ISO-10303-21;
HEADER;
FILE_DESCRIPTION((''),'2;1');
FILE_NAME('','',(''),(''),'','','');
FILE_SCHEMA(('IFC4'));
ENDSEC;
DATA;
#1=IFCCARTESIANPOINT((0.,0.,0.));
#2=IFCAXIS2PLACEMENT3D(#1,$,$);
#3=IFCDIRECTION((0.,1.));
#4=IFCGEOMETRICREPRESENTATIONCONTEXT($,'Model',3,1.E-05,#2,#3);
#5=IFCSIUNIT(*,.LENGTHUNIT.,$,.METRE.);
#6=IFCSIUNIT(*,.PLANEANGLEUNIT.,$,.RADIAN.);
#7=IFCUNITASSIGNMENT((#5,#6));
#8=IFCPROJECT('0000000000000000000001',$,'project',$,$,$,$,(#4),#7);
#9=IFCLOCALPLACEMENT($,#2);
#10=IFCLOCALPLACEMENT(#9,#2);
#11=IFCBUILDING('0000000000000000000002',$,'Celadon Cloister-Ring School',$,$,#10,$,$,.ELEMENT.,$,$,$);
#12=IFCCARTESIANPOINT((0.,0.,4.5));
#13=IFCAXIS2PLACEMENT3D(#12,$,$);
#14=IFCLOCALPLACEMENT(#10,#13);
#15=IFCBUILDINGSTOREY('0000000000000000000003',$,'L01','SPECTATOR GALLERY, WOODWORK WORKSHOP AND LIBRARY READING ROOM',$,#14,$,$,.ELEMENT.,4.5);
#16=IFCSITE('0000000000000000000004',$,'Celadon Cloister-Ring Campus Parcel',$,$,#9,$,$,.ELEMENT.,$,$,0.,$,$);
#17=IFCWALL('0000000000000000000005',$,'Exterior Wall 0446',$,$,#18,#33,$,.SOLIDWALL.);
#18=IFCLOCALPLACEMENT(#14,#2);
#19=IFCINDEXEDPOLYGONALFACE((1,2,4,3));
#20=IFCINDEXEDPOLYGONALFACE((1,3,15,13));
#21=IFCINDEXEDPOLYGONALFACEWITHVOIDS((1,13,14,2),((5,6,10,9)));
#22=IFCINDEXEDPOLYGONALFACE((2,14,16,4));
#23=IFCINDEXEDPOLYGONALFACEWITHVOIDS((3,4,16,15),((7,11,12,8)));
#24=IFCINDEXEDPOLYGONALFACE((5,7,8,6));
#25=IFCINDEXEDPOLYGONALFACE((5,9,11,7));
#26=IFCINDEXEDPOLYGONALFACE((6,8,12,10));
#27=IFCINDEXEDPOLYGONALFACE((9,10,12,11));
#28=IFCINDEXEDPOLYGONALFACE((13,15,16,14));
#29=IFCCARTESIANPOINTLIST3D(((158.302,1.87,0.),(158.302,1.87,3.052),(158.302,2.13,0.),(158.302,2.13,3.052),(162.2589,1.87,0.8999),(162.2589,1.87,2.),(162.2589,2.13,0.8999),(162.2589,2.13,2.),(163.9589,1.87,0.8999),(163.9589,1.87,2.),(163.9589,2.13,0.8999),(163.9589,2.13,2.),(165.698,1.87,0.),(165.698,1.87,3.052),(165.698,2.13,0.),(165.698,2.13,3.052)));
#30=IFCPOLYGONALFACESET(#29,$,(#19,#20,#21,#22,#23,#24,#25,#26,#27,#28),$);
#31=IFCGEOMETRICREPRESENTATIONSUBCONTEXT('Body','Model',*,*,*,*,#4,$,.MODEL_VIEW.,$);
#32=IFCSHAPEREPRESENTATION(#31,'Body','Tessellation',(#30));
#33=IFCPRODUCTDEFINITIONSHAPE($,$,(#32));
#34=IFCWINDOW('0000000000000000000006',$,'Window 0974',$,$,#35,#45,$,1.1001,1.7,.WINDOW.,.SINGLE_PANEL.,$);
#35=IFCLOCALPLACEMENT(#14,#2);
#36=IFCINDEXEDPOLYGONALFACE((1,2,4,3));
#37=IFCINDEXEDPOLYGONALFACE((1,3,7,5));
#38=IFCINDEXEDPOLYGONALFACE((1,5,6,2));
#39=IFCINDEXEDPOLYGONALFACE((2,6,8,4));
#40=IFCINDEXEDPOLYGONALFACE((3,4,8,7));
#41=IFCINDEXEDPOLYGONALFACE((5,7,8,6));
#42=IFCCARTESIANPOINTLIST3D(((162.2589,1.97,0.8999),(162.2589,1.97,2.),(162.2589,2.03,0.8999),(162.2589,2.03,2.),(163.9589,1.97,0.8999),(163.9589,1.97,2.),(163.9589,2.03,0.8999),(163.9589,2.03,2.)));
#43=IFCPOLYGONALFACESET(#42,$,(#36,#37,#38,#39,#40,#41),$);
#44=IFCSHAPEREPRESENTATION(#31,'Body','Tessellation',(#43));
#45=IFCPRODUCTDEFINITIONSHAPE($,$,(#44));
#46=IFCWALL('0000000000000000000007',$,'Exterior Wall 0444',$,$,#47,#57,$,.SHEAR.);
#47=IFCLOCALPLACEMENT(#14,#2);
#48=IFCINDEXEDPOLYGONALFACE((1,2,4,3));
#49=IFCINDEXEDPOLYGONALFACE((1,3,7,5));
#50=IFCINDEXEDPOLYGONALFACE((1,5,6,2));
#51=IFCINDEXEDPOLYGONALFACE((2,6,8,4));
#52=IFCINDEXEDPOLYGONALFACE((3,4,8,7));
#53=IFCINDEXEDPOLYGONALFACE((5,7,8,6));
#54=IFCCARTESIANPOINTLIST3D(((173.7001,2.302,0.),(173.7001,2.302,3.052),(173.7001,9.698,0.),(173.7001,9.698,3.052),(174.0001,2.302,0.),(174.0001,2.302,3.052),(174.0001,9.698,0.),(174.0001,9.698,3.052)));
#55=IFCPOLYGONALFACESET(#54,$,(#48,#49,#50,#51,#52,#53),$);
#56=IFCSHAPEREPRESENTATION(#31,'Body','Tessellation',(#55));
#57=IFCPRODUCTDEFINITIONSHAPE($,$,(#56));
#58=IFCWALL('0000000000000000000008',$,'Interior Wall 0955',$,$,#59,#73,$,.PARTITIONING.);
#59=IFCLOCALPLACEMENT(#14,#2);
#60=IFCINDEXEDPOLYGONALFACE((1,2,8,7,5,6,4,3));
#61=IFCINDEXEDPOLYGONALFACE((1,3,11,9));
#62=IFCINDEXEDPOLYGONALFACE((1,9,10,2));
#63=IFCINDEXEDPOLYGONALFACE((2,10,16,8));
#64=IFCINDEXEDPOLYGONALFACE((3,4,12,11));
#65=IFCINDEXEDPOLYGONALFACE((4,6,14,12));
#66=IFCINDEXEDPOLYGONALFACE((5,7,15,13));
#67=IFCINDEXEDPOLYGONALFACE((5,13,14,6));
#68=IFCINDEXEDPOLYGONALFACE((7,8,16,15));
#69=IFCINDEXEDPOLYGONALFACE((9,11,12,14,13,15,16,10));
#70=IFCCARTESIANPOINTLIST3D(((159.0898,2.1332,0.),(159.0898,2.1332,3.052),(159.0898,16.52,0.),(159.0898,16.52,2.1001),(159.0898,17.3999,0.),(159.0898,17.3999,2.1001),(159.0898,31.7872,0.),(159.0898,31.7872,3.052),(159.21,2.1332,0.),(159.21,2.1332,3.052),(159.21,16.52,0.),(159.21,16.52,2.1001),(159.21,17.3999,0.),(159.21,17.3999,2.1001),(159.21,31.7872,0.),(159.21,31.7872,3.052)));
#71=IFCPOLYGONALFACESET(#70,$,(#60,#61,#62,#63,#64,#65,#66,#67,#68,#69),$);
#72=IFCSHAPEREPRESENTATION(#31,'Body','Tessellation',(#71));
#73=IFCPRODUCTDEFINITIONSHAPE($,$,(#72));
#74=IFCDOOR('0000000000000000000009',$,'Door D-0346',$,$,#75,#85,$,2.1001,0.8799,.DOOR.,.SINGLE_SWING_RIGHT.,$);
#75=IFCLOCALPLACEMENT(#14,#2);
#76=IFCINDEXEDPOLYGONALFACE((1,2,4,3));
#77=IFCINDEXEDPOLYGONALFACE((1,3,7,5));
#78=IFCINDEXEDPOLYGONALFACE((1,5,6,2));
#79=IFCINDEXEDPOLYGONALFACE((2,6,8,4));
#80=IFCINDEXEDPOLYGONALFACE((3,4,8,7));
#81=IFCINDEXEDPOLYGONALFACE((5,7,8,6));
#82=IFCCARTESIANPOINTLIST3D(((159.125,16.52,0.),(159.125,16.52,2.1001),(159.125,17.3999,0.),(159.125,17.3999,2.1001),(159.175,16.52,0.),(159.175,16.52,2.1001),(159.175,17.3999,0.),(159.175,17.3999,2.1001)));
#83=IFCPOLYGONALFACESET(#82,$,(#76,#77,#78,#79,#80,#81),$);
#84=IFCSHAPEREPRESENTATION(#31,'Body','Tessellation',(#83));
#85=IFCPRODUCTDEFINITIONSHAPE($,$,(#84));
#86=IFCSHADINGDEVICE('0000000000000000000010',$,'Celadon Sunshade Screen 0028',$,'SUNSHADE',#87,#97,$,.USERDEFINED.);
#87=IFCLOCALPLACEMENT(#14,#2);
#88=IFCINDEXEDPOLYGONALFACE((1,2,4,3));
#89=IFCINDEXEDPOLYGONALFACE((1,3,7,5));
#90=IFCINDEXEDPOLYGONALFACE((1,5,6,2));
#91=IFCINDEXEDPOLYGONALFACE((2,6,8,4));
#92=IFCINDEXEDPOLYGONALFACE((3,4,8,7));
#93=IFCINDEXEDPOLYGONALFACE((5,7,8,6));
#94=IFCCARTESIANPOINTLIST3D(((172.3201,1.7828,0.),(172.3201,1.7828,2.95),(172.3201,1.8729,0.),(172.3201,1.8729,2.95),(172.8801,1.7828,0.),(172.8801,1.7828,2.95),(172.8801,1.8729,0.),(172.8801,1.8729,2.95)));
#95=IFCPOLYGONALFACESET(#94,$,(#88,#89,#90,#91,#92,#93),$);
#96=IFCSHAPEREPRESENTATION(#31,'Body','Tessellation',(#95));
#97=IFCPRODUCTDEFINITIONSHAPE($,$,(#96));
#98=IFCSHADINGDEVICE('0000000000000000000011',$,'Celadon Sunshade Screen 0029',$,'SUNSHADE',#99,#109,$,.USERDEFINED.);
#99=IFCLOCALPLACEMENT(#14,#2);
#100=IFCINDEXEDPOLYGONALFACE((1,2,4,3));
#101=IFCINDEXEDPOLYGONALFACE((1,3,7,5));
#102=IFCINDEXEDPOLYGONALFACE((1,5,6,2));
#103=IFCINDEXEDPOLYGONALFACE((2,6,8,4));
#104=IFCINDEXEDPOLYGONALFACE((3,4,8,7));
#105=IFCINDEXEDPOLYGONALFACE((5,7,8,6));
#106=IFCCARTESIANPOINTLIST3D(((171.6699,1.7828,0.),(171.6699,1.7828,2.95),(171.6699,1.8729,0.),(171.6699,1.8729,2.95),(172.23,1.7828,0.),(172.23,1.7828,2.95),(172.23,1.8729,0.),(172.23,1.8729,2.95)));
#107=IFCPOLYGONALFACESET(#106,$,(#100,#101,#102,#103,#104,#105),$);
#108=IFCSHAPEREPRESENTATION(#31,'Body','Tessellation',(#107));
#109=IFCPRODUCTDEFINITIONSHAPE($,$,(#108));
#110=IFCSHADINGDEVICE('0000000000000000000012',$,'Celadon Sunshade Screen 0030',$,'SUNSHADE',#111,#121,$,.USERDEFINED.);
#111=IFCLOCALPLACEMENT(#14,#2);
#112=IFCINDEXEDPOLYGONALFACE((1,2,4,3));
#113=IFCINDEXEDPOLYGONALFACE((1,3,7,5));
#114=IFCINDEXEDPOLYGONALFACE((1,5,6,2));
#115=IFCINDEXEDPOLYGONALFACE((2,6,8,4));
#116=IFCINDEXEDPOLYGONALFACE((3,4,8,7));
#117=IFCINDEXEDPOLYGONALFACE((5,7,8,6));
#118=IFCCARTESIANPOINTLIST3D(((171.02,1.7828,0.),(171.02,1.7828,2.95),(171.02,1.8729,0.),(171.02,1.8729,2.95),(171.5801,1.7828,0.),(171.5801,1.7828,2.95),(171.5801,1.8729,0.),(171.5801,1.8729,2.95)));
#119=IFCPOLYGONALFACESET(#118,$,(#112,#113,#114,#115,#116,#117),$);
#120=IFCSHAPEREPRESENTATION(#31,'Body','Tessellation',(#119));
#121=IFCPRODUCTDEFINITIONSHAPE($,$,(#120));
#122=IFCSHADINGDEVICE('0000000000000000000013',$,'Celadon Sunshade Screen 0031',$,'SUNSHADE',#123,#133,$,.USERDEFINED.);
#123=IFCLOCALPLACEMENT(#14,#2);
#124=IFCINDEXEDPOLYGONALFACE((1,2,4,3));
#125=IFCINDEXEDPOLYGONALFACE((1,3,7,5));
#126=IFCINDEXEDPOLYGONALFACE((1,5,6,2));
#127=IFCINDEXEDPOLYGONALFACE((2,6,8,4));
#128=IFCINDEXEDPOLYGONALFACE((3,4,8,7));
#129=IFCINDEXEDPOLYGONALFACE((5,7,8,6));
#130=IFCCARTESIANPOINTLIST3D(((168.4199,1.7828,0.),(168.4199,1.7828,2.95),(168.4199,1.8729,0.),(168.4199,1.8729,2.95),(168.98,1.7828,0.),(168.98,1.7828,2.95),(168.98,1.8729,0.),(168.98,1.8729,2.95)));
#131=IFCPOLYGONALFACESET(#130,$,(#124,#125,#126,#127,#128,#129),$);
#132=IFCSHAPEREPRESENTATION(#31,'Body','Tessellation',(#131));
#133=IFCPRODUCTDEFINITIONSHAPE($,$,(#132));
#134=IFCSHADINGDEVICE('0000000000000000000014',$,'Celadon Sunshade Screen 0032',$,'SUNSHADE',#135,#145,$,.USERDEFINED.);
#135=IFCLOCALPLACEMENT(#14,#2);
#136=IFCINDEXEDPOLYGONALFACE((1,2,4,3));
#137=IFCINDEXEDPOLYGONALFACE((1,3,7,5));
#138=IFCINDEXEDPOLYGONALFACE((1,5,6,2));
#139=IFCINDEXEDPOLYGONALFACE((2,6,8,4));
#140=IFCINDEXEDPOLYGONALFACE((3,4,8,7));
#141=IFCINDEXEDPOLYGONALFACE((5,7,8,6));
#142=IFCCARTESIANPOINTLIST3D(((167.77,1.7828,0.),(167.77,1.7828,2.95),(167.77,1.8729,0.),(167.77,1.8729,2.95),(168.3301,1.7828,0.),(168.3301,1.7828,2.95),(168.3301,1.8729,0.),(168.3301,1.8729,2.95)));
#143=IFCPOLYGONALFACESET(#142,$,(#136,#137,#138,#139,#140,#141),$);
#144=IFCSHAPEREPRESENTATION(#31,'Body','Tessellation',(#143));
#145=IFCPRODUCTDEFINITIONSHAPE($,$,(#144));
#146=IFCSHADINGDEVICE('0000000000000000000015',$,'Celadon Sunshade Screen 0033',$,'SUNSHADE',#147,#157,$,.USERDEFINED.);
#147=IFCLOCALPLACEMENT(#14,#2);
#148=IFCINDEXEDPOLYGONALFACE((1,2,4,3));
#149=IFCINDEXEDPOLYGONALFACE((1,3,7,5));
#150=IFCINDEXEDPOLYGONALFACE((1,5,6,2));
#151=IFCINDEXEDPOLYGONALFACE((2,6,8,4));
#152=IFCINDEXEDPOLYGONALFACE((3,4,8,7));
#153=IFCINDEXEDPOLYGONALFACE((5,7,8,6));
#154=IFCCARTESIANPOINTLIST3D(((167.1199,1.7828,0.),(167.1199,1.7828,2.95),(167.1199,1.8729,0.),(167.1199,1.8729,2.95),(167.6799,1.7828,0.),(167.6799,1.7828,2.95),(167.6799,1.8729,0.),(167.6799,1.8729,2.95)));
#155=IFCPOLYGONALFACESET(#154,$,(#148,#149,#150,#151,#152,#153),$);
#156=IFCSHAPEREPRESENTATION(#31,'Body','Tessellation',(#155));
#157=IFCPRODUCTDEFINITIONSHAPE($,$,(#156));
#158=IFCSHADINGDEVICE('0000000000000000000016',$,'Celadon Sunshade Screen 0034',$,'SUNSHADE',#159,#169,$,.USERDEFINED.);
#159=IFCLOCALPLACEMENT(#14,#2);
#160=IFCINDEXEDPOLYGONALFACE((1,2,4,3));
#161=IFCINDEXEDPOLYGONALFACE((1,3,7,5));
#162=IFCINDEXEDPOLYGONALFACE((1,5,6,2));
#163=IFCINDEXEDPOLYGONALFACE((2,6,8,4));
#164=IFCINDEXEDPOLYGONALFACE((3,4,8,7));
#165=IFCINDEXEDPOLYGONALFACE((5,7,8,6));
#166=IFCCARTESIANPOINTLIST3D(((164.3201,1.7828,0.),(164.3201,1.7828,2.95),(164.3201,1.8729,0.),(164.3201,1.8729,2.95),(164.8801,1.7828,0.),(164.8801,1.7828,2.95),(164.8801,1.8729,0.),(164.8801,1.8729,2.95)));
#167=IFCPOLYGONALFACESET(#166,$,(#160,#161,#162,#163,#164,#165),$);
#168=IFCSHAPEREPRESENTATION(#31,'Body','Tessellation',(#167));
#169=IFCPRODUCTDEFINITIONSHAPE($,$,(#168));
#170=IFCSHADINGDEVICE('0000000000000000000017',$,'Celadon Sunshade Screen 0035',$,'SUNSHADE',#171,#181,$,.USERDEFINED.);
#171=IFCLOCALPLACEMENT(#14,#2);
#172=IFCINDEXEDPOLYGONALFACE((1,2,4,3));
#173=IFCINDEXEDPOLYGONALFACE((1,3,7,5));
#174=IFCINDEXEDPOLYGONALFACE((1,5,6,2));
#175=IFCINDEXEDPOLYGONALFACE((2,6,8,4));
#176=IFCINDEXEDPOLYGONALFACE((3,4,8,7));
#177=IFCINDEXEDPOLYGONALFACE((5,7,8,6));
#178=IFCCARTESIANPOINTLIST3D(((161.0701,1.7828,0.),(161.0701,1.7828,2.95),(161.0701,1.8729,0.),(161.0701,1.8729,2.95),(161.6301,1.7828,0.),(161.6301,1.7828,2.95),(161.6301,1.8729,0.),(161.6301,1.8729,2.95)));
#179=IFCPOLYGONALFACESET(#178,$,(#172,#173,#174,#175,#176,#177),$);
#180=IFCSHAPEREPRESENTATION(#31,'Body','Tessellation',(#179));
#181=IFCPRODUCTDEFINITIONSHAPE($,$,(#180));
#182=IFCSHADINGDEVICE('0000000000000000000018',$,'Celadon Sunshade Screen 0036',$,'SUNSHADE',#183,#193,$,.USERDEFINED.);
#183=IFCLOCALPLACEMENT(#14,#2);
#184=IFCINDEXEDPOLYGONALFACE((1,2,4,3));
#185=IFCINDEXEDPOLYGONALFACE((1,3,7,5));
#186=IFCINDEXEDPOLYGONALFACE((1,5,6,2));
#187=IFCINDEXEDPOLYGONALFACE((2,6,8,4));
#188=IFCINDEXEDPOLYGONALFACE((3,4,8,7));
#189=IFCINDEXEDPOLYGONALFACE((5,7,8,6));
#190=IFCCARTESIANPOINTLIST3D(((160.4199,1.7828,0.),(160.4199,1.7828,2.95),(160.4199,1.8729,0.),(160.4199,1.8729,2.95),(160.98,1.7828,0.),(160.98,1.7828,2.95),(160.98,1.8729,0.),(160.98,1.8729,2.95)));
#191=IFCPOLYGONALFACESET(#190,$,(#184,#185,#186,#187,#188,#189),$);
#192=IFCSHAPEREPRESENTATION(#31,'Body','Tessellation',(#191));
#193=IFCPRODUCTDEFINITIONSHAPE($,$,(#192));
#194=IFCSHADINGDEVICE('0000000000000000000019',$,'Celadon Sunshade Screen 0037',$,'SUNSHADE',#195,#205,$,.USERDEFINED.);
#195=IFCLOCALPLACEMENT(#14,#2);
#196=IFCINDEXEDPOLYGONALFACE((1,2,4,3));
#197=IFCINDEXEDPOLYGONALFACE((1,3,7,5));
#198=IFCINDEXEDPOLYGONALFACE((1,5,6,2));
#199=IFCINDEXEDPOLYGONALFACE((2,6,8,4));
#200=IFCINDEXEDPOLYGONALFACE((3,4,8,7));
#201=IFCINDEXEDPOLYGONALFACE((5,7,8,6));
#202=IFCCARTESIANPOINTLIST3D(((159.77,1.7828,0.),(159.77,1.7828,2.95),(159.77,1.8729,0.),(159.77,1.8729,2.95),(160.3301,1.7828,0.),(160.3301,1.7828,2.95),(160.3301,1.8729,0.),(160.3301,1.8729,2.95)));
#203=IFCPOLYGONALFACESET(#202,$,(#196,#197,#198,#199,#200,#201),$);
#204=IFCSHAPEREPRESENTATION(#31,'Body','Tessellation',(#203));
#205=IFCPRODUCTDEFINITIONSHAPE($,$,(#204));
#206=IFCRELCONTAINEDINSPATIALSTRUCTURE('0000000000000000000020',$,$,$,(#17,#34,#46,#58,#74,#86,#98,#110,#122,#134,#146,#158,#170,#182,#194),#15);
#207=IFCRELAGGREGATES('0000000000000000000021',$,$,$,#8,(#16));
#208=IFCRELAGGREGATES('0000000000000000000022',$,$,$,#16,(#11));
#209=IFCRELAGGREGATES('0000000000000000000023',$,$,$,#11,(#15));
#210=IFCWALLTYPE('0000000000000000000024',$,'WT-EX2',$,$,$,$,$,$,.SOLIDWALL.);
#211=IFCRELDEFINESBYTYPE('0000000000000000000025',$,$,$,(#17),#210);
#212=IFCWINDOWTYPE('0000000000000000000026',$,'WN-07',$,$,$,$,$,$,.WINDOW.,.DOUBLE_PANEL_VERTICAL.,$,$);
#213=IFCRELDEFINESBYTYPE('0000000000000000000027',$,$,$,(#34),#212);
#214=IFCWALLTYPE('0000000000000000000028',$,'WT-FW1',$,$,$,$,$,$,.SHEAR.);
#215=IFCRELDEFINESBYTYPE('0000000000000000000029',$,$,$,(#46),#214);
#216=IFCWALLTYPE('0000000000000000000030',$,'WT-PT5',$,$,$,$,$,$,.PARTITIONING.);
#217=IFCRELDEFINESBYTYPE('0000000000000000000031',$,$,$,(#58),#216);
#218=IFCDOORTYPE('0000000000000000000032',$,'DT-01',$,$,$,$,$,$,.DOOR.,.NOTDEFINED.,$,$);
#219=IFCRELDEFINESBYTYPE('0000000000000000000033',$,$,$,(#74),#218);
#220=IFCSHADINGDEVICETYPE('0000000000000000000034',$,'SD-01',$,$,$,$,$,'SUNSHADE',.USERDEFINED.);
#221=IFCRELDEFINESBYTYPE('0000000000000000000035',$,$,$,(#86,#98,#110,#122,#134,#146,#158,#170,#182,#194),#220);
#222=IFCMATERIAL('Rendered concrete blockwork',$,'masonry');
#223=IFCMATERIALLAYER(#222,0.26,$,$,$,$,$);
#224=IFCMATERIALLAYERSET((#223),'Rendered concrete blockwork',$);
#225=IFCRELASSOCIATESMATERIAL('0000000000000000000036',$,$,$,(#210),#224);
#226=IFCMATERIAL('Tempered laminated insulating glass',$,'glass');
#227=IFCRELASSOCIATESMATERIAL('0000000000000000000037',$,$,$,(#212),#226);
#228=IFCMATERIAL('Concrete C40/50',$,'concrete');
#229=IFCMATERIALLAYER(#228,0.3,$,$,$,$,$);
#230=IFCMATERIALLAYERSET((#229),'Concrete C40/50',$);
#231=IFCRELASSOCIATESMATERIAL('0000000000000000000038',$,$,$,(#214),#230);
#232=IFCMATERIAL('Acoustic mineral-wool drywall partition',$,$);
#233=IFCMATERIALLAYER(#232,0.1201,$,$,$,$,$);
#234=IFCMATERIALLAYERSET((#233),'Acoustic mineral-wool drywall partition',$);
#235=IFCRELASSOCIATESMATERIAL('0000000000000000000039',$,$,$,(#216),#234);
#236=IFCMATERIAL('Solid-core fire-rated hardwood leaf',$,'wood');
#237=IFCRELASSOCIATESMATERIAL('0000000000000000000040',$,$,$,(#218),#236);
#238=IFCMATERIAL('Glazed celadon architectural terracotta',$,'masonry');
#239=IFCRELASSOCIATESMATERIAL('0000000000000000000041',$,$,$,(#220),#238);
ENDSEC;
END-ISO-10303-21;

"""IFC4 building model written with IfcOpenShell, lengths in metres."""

from ifc_helpers import new_model, si_unit, direction, frame, frame_2d, origin, origin_2d, place, context, subcontext, project, spatial, rectangle, extrude, material, layer, layer_set, type_object, element, fill, save


model = new_model("IFC4")

# Units and contexts
model_context = context("Model", 3, precision=1e-05, world=origin(), true_north=direction((0.0, 1.0)))
body_context = subcontext(model_context, "Body", "Model", "MODEL_VIEW")
ifc_project = project(units=[si_unit("LENGTHUNIT", "METRE"), si_unit("PLANEANGLEUNIT", "RADIAN")], contexts=[model_context])

# Site, building, storey
site_placement = place(None, origin())
site = spatial("IfcSite", under=ifc_project, at=site_placement, Name="Celadon Cloister-Ring Campus Parcel", CompositionType="ELEMENT", RefElevation=0.0)
building_placement = place(site_placement, origin())
building = spatial("IfcBuilding", under=site, at=building_placement, Name="Celadon Cloister-Ring School", CompositionType="ELEMENT")
storey_placement = place(building_placement, frame((0.0, 0.0, 4.5)))
storey = spatial("IfcBuildingStorey", under=building, at=storey_placement, Name="L01", Description="SPECTATOR GALLERY, WOODWORK WORKSHOP AND LIBRARY READING ROOM", CompositionType="ELEMENT", Elevation=4.5)

# Wall, opening, window
ifc_material_1 = material(Name="Rendered concrete blockwork", Category="masonry")
ifc_layer_1 = layer(ifc_material_1, 0.26)
ifc_layer_set_1 = layer_set([ifc_layer_1], Name="Rendered concrete blockwork")
wall_type_1 = type_object("IfcWallType", Name="WT-EX2", PredefinedType="SOLIDWALL", material=ifc_layer_set_1)
wall_1_placement = place(storey_placement, frame((165.698, 2.0, 0.0), z_axis=(0.0, 0.0, 1.0), x_axis=(-1.0, 0.0, 0.0)))
wall_1 = element("IfcWall", 1, at=wall_1_placement, inside=storey, type_object=wall_type_1, Name="Exterior Wall 0446", PredefinedType="SOLIDWALL", context=body_context, shape_type="SweptSolid", body=[
    extrude(rectangle(XDim=7.396, YDim=0.26, at=frame_2d((3.698, 0.0))), origin(), (0.0, 0.0, 1.0), 3.052),
])
opening_1_placement = place(wall_1_placement, frame((1.739, 0.0, 0.8999)))
opening_1 = element("IfcOpeningElement", 2, at=opening_1_placement, cuts=wall_1, PredefinedType="OPENING", context=body_context, shape_type="SweptSolid", body=[
    extrude(rectangle(XDim=1.7, YDim=1.1001, at=frame_2d((0.8501, 0.55))), frame((0.0, 0.1401, 0.0), z_axis=(0.0, -1.0, 0.0), x_axis=(1.0, 0.0, 0.0)), (0.0, 0.0, 1.0), 0.28),
])
ifc_material_2 = material(Name="Tempered laminated insulating glass", Category="glass")
window_type_1 = type_object("IfcWindowType", Name="WN-07", PartitioningType="DOUBLE_PANEL_VERTICAL", PredefinedType="WINDOW", material=ifc_material_2)
window_1_placement = place(opening_1_placement, origin())
window_1 = element("IfcWindow", 3, at=window_1_placement, inside=storey, type_object=window_type_1, Name="Window 0974", OverallHeight=1.1001, OverallWidth=1.7, PartitioningType="SINGLE_PANEL", PredefinedType="WINDOW", context=body_context, shape_type="SweptSolid", body=[
    extrude(rectangle(XDim=1.7, YDim=1.1001, at=frame_2d((0.8501, 0.55))), frame((0.0, 0.03, 0.0), z_axis=(0.0, -1.0, 0.0), x_axis=(1.0, 0.0, 0.0)), (0.0, 0.0, 1.0), 0.0601),
])
fill(opening_1, window_1)

# Wall
ifc_material_3 = material(Name="Concrete C40/50", Category="concrete")
ifc_layer_2 = layer(ifc_material_3, 0.3)
ifc_layer_set_2 = layer_set([ifc_layer_2], Name="Concrete C40/50")
wall_type_2 = type_object("IfcWallType", Name="WT-FW1", PredefinedType="SHEAR", material=ifc_layer_set_2)
wall_2_placement = place(storey_placement, frame((173.8501, 9.698, 0.0), z_axis=(0.0, 0.0, 1.0), x_axis=(0.0, -1.0, 0.0)))
element("IfcWall", 4, at=wall_2_placement, inside=storey, type_object=wall_type_2, Name="Exterior Wall 0444", PredefinedType="SHEAR", context=body_context, shape_type="SweptSolid", body=[
    extrude(rectangle(XDim=7.396, YDim=0.3, at=frame_2d((3.698, 0.0))), origin(), (0.0, 0.0, 1.0), 3.052),
])

# Wall, opening, door
ifc_material_4 = material(Name="Acoustic mineral-wool drywall partition")
ifc_layer_3 = layer(ifc_material_4, 0.1201)
ifc_layer_set_3 = layer_set([ifc_layer_3], Name="Acoustic mineral-wool drywall partition")
wall_type_3 = type_object("IfcWallType", Name="WT-PT5", PredefinedType="PARTITIONING", material=ifc_layer_set_3)
wall_3_placement = place(storey_placement, frame((159.1499, 2.1331, 0.0), z_axis=(0.0, 0.0, 1.0), x_axis=(0.0, 1.0, 0.0)))
wall_3 = element("IfcWall", 5, at=wall_3_placement, inside=storey, type_object=wall_type_3, Name="Interior Wall 0955", PredefinedType="PARTITIONING", context=body_context, shape_type="SweptSolid", body=[
    extrude(rectangle(XDim=29.6541, YDim=0.1201, at=frame_2d((14.8271, 0.0))), origin(), (0.0, 0.0, 1.0), 3.052),
])
opening_2_placement = place(wall_3_placement, frame((14.387, 0.0, 0.0)))
opening_2 = element("IfcOpeningElement", 6, at=opening_2_placement, cuts=wall_3, PredefinedType="OPENING", context=body_context, shape_type="SweptSolid", body=[
    extrude(rectangle(XDim=0.8799, YDim=2.1001, at=frame_2d((0.4399, 1.05))), frame((0.0, 0.0701, 0.0), z_axis=(0.0, -1.0, 0.0), x_axis=(1.0, 0.0, 0.0)), (0.0, 0.0, 1.0), 0.1401),
])
ifc_material_5 = material(Name="Solid-core fire-rated hardwood leaf", Category="wood")
door_type = type_object("IfcDoorType", Name="DT-01", OperationType="NOTDEFINED", PredefinedType="DOOR", material=ifc_material_5)
door_placement = place(opening_2_placement, origin())
door = element("IfcDoor", 7, at=door_placement, inside=storey, type_object=door_type, Name="Door D-0346", OperationType="SINGLE_SWING_RIGHT", OverallHeight=2.1001, OverallWidth=0.8799, PredefinedType="DOOR", context=body_context, shape_type="SweptSolid", body=[
    extrude(rectangle(XDim=0.8799, YDim=2.1001, at=frame_2d((0.4399, 1.05))), frame((0.0, 0.0249, 0.0), z_axis=(0.0, -1.0, 0.0), x_axis=(1.0, 0.0, 0.0)), (0.0, 0.0, 1.0), 0.05),
])
fill(opening_2, door)

# Shading devices
ifc_material_6 = material(Name="Glazed celadon architectural terracotta", Category="masonry")
shading_device_type = type_object("IfcShadingDeviceType", Name="SD-01", ElementType="SUNSHADE", PredefinedType="USERDEFINED", material=ifc_material_6)
for number, where, z_axis, x_axis, name in (
    (8, (172.6001, 1.8279, 0.0), (0.0, 0.0, 1.0), (-1.0, 0.0, 0.0), "Celadon Sunshade Screen 0028"),
    (9, (171.95, 1.8279, 0.0), (0.0, 0.0, 1.0), (-1.0, 0.0, 0.0), "Celadon Sunshade Screen 0029"),
    (10, (171.3, 1.8279, 0.0), (0.0, 0.0, 1.0), (-1.0, 0.0, 0.0), "Celadon Sunshade Screen 0030"),
    (11, (168.7, 1.8279, 0.0), (0.0, 0.0, 1.0), (-1.0, 0.0, 0.0), "Celadon Sunshade Screen 0031"),
    (12, (168.05, 1.8279, 0.0), (0.0, 0.0, 1.0), (-1.0, 0.0, 0.0), "Celadon Sunshade Screen 0032"),
    (13, (167.3999, 1.8279, 0.0), (0.0, 0.0, 1.0), (-1.0, 0.0, 0.0), "Celadon Sunshade Screen 0033"),
    (14, (164.6001, 1.8279, 0.0), (0.0, 0.0, 1.0), (-1.0, 0.0, 0.0), "Celadon Sunshade Screen 0034"),
    (15, (161.3501, 1.8279, 0.0), (0.0, 0.0, 1.0), (-1.0, 0.0, 0.0), "Celadon Sunshade Screen 0035"),
    (16, (160.7, 1.8279, 0.0), (0.0, 0.0, 1.0), (-1.0, 0.0, 0.0), "Celadon Sunshade Screen 0036"),
    (17, (160.05, 1.8279, 0.0), (0.0, 0.0, 1.0), (-1.0, 0.0, 0.0), "Celadon Sunshade Screen 0037"),
):
    element("IfcShadingDevice", number, at=place(storey_placement, frame(where, z_axis=z_axis, x_axis=x_axis)), inside=storey, type_object=shading_device_type, Name=name, ObjectType="SUNSHADE", PredefinedType="USERDEFINED", context=body_context, shape_type="SweptSolid", body=[
        extrude(rectangle(XDim=0.5601, YDim=0.0901, at=origin_2d()), origin(), (0.0, 0.0, 1.0), 2.95),
    ])

save(model, "model.ifc")
